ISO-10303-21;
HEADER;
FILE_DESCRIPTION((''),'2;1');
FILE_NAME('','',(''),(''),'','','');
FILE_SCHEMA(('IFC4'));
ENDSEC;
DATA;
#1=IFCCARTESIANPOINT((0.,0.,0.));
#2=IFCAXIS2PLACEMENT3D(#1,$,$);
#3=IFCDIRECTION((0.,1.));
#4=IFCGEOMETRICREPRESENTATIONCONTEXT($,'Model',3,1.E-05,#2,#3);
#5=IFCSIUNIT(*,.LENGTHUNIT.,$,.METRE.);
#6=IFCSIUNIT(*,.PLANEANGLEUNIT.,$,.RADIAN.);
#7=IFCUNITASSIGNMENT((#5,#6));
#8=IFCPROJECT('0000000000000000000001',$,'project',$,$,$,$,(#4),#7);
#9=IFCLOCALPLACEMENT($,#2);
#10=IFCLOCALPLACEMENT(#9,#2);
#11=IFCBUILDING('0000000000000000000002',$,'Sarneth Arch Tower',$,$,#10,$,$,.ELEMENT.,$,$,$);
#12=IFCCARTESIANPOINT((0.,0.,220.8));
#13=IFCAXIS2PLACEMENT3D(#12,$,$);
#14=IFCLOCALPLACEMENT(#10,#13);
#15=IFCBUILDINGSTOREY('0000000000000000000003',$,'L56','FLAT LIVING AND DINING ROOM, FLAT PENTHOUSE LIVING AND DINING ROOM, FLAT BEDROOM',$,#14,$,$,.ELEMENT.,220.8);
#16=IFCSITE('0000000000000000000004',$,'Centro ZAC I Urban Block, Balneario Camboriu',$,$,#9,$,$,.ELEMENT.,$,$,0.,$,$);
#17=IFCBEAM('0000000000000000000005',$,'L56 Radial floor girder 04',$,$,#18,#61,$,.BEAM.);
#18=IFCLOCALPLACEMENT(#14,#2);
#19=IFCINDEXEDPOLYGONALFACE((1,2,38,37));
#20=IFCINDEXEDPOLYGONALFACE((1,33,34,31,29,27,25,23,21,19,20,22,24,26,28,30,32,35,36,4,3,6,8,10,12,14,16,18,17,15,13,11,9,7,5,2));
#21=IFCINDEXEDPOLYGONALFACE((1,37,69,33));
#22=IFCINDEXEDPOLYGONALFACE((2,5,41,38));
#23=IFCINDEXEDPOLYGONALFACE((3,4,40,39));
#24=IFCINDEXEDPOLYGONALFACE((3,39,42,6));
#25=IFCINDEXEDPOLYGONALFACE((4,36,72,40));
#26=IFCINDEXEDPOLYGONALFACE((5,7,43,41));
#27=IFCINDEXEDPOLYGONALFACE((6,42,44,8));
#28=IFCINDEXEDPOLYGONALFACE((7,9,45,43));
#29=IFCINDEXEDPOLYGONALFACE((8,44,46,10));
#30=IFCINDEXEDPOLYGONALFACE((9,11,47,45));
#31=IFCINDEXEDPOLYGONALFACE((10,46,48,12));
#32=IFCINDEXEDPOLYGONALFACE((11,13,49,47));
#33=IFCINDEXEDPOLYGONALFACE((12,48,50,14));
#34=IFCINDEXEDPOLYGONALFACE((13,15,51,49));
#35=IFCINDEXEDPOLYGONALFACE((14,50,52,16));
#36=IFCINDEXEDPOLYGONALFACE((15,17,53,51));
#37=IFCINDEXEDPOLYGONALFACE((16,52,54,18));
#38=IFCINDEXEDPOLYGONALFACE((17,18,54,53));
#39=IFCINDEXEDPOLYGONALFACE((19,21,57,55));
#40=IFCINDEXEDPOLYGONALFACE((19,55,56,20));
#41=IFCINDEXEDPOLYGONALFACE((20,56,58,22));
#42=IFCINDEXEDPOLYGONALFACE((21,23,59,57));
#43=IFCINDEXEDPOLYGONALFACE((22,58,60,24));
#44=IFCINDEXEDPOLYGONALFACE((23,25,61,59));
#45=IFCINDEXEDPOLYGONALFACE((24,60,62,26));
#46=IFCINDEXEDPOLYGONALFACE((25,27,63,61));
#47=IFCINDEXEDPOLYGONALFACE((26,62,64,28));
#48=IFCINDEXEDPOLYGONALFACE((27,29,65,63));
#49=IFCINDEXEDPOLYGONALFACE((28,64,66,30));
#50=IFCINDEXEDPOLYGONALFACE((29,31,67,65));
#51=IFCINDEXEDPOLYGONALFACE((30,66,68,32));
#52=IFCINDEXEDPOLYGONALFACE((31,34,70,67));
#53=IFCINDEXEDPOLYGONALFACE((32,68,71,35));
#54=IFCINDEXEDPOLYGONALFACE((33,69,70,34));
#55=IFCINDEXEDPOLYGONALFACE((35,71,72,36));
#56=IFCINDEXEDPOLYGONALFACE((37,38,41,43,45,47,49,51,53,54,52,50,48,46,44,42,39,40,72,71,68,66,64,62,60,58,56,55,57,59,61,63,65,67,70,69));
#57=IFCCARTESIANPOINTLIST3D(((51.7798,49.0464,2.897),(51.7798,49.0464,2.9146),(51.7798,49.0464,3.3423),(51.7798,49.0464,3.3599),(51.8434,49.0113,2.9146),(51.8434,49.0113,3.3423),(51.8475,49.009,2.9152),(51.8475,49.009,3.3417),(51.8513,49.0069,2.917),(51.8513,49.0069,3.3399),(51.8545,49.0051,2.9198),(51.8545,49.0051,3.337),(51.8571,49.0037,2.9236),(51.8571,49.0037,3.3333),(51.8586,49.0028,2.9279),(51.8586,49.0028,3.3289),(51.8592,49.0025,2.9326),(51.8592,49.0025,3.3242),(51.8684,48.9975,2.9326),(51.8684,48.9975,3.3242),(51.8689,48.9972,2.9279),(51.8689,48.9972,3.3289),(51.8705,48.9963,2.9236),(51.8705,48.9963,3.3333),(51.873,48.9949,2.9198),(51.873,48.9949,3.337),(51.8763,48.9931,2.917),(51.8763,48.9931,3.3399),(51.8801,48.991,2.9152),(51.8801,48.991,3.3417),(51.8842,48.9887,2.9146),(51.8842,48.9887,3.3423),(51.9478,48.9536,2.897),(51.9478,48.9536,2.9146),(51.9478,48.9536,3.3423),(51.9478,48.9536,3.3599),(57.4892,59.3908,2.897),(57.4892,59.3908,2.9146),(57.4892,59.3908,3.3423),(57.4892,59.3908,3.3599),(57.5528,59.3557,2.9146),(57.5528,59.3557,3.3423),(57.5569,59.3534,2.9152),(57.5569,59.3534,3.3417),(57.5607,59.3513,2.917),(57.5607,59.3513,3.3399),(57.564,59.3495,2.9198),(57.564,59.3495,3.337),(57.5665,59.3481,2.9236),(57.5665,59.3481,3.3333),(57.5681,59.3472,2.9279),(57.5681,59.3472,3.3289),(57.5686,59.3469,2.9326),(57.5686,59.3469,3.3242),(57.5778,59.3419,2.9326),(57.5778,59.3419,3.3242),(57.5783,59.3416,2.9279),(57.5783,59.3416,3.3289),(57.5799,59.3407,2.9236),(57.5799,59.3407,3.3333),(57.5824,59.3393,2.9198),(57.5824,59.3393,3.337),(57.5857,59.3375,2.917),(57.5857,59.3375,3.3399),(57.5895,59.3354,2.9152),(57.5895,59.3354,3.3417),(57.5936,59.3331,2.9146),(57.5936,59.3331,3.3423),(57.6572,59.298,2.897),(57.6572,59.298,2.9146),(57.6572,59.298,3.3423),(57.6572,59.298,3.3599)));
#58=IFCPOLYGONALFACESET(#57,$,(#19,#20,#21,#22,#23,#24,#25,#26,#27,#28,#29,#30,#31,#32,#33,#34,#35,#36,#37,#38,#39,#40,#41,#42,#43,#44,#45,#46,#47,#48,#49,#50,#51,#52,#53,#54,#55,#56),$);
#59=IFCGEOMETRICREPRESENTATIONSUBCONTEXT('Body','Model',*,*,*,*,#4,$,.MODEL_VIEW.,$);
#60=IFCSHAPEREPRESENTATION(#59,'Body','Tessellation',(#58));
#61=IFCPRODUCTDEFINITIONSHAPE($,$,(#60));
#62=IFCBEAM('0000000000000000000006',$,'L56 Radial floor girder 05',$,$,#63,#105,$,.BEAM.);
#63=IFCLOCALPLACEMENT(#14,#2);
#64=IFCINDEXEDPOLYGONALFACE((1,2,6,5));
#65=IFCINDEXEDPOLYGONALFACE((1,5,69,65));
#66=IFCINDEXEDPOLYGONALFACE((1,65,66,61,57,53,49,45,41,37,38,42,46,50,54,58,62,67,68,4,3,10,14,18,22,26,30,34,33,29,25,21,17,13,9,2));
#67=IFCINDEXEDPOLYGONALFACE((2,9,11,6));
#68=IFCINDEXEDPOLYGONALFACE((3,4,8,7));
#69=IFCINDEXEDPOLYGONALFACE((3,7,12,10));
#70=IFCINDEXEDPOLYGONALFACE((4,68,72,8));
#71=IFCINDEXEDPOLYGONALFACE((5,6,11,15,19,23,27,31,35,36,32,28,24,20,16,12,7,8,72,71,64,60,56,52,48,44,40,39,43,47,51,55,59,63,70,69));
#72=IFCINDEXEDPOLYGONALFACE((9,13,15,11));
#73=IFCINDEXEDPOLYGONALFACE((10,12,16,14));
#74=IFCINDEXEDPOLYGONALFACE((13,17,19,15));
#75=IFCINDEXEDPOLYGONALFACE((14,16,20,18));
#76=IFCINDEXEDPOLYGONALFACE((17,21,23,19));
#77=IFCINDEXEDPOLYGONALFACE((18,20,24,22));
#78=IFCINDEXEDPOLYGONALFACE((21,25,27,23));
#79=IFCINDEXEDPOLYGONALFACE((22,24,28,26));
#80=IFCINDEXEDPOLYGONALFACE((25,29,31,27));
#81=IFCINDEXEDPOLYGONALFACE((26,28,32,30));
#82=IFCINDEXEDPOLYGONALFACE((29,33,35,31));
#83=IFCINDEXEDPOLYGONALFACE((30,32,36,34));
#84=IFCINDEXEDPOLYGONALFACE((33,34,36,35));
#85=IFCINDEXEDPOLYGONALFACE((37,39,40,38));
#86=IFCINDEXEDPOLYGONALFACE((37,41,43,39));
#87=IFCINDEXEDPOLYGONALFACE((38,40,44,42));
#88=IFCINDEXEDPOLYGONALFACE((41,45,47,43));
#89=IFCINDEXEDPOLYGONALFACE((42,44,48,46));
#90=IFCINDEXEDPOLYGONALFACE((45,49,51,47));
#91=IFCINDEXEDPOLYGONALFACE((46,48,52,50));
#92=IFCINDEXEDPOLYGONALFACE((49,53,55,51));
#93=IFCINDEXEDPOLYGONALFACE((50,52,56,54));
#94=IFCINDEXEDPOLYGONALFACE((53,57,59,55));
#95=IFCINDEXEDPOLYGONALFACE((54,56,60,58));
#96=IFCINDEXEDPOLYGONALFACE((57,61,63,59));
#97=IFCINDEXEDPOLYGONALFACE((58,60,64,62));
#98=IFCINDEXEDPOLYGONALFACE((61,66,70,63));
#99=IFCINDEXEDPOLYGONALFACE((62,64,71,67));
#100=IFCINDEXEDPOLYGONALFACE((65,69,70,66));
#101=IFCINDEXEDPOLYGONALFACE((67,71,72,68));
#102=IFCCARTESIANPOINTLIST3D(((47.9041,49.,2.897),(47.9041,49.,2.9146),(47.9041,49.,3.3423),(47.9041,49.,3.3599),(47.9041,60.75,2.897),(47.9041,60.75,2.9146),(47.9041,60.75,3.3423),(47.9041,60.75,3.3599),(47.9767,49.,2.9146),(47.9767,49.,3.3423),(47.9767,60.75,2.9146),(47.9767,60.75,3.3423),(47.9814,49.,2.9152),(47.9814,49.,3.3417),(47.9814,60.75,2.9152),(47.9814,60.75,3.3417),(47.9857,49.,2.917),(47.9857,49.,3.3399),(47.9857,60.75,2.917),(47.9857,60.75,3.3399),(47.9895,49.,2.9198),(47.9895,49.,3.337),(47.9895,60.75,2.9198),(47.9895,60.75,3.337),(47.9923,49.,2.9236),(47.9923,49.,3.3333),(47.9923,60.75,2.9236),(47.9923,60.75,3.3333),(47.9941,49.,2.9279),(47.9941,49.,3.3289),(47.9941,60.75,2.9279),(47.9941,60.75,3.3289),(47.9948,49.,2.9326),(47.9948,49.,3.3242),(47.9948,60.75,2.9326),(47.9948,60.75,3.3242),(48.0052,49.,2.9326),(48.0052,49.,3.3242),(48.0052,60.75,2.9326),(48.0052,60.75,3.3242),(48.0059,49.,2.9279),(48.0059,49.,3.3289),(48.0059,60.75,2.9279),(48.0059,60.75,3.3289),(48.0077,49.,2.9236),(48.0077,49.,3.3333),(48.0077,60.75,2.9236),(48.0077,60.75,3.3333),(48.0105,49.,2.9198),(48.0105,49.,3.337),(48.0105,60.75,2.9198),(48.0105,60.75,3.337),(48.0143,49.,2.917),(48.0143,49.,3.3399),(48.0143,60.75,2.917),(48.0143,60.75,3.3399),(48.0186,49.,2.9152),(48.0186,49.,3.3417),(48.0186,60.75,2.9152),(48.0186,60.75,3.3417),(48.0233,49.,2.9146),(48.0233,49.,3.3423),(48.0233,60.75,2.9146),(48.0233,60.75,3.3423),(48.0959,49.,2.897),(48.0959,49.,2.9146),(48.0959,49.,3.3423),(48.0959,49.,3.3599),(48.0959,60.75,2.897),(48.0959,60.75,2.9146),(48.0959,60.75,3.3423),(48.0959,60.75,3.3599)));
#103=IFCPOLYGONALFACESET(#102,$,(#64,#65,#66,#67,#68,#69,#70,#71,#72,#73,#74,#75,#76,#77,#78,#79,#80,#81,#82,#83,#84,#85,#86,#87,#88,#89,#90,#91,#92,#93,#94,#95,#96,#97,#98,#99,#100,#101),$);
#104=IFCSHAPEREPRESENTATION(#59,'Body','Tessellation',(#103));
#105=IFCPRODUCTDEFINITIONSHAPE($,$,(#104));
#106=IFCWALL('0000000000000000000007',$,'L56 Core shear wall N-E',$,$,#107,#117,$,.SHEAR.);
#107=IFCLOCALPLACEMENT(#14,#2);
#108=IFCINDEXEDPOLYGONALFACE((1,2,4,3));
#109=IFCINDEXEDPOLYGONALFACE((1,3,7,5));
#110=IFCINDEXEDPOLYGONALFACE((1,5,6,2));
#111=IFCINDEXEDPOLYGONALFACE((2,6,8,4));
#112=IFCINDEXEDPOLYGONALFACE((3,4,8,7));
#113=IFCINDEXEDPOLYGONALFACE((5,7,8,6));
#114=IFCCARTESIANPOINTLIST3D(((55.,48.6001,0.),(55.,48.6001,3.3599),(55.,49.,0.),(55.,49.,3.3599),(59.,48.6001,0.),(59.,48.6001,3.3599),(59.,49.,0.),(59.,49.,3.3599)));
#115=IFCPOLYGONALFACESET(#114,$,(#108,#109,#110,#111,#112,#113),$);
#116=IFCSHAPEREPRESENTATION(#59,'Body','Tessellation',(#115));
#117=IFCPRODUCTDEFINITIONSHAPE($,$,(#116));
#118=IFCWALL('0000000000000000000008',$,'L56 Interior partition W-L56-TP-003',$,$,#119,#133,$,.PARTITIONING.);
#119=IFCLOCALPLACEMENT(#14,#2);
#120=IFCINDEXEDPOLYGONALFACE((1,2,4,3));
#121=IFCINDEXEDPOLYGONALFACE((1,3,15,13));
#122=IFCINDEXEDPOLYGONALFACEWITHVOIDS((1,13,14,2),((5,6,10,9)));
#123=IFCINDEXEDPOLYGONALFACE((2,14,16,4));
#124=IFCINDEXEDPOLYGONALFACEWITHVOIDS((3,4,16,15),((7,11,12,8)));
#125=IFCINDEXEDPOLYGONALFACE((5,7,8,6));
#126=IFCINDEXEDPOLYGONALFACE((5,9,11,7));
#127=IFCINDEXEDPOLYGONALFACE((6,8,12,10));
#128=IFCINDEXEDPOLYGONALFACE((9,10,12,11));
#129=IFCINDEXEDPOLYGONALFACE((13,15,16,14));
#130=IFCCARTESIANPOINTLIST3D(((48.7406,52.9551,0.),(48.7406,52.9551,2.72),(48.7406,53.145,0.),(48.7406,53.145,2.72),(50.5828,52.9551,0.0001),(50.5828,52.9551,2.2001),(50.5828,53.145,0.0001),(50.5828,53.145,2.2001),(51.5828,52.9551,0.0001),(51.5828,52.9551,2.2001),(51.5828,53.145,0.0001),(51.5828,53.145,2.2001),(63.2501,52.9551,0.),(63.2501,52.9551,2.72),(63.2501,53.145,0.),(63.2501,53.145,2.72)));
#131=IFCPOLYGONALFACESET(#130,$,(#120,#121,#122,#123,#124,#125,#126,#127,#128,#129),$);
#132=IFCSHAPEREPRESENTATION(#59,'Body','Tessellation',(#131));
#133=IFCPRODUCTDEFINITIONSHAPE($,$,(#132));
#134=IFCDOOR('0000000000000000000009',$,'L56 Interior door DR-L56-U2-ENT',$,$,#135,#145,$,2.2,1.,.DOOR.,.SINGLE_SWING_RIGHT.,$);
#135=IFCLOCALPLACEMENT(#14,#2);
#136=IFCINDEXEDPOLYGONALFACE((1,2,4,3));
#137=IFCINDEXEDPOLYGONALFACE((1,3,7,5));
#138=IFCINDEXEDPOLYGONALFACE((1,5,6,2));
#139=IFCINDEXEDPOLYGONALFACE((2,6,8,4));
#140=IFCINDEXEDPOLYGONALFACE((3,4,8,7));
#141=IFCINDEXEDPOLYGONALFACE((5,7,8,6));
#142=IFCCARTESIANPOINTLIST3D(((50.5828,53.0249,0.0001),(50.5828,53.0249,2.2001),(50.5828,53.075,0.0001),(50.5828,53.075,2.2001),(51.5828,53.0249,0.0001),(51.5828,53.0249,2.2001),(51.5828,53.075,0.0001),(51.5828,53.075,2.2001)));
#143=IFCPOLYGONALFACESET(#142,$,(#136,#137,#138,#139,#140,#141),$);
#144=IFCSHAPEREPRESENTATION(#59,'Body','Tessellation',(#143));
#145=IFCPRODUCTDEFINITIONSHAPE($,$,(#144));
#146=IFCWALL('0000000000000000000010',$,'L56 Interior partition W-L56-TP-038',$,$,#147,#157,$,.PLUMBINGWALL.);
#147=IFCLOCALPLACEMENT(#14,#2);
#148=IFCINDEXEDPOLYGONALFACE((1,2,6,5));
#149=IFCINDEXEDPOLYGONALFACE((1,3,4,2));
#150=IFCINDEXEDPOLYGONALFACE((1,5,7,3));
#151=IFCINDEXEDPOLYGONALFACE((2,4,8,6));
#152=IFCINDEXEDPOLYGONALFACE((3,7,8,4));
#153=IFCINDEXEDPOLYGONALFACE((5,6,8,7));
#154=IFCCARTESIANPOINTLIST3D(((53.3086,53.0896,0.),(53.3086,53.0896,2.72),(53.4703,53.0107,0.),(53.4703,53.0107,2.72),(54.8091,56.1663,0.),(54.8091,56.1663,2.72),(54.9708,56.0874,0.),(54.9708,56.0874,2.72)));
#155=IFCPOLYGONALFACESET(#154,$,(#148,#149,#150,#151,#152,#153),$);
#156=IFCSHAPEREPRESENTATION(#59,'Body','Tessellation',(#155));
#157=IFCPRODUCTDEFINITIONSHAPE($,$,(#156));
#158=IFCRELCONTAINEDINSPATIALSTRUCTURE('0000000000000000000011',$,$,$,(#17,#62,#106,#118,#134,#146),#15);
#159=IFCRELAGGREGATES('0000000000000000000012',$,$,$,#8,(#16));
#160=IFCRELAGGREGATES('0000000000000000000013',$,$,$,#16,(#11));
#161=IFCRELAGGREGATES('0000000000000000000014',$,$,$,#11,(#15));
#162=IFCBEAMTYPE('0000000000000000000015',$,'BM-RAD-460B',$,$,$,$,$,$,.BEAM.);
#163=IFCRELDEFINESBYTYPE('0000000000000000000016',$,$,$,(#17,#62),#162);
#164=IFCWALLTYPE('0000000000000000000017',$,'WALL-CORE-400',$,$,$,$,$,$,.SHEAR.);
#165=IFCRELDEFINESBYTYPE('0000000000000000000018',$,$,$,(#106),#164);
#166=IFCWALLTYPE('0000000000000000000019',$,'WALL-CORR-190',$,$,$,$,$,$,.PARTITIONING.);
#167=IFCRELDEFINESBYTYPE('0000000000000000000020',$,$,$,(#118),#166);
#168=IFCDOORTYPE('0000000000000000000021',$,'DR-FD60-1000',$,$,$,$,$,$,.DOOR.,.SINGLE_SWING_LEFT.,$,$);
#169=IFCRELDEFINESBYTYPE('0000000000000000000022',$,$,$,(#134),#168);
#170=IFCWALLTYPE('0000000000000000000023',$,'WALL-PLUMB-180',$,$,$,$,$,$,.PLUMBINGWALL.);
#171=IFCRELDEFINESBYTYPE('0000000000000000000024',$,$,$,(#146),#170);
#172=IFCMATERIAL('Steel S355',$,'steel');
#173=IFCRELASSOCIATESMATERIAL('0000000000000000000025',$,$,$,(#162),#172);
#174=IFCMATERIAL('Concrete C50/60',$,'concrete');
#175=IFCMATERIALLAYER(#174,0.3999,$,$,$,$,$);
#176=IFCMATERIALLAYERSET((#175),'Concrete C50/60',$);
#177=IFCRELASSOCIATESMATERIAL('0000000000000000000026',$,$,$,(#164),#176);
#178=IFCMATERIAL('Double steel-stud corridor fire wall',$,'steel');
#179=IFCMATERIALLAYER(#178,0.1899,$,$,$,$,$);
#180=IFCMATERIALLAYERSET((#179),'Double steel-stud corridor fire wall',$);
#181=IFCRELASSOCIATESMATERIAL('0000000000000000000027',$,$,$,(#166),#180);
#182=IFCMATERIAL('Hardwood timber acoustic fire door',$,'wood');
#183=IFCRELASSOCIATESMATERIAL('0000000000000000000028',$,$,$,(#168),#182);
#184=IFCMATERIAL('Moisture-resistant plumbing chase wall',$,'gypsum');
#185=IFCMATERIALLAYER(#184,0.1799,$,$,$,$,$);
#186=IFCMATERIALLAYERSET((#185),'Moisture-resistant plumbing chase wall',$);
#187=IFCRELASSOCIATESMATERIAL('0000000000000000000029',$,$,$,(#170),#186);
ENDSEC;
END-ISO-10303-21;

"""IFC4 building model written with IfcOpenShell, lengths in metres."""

from ifc_helpers import new_model, si_unit, direction, frame, frame_2d, origin, origin_2d, place, context, subcontext, project, spatial, rectangle, i_section, extrude, material, layer, layer_set, material_profile, profile_set, type_object, element, fill, save


model = new_model("IFC4")

# Units and contexts
model_context = context("Model", 3, precision=1e-05, world=origin(), true_north=direction((0.0, 1.0)))
body_context = subcontext(model_context, "Body", "Model", "MODEL_VIEW")
ifc_project = project(units=[si_unit("LENGTHUNIT", "METRE"), si_unit("PLANEANGLEUNIT", "RADIAN")], contexts=[model_context])

# Site, building, storey
site_placement = place(None, origin())
site = spatial("IfcSite", under=ifc_project, at=site_placement, Name="Centro ZAC I Urban Block, Balneario Camboriu", CompositionType="ELEMENT", RefElevation=0.0)
building_placement = place(site_placement, origin())
building = spatial("IfcBuilding", under=site, at=building_placement, Name="Sarneth Arch Tower", CompositionType="ELEMENT")
storey_placement = place(building_placement, frame((0.0, 0.0, 220.8)))
storey = spatial("IfcBuildingStorey", under=building, at=storey_placement, Name="L56", Description="FLAT LIVING AND DINING ROOM, FLAT PENTHOUSE LIVING AND DINING ROOM, FLAT BEDROOM", CompositionType="ELEMENT", Elevation=220.8)

# Beams
ifc_material_1 = material(Name="Steel S355", Category="steel")
ifc_material_profile_1 = material_profile(ifc_material_1, i_section(OverallWidth=0.1919, OverallDepth=0.4629, WebThickness=0.0105, FlangeThickness=0.0176, FilletRadius=0.0181, at=origin_2d()), Name="W460x89")
ifc_profile_set_1 = profile_set([ifc_material_profile_1], Name="Steel S355")
beam_type_1 = type_object("IfcBeamType", Name="BM-RAD-460B", PredefinedType="BEAM", material=ifc_profile_set_1)
beam_1_placement = place(storey_placement, frame((51.8638, 49.0, 3.1284), z_axis=(0.483218, 0.8755, 0.0), x_axis=(-0.8755, 0.483218, 0.0)))
element("IfcBeam", 1, at=beam_1_placement, inside=storey, type_object=beam_type_1, Name="L56 Radial floor girder 04", PredefinedType="BEAM", context=body_context, shape_type="SweptSolid", body=[
    extrude(i_section(OverallWidth=0.1919, OverallDepth=0.4629, WebThickness=0.0105, FlangeThickness=0.0176, FilletRadius=0.0181, at=origin_2d()), origin(), (0.0, 0.0, 1.0), 11.8154),
])
beam_2_placement = place(storey_placement, frame((48.0, 49.0, 3.1284), z_axis=(0.0, 1.0, 0.0), x_axis=(-1.0, 0.0, 0.0)))
element("IfcBeam", 2, at=beam_2_placement, inside=storey, type_object=beam_type_1, Name="L56 Radial floor girder 05", PredefinedType="BEAM", context=body_context, shape_type="SweptSolid", body=[
    extrude(i_section(OverallWidth=0.1919, OverallDepth=0.4629, WebThickness=0.0105, FlangeThickness=0.0176, FilletRadius=0.0181, at=origin_2d()), origin(), (0.0, 0.0, 1.0), 11.75),
])

# Wall
ifc_material_2 = material(Name="Concrete C50/60", Category="concrete")
ifc_layer_1 = layer(ifc_material_2, 0.3999)
ifc_layer_set_1 = layer_set([ifc_layer_1], Name="Concrete C50/60")
wall_type_1 = type_object("IfcWallType", Name="WALL-CORE-400", PredefinedType="SHEAR", material=ifc_layer_set_1)
wall_1_placement = place(storey_placement, frame((55.0, 48.8, 0.0), z_axis=(0.0, 0.0, 1.0), x_axis=(1.0, 0.0, 0.0)))
element("IfcWall", 3, at=wall_1_placement, inside=storey, type_object=wall_type_1, Name="L56 Core shear wall N-E", PredefinedType="SHEAR", context=body_context, shape_type="SweptSolid", body=[
    extrude(rectangle(XDim=4.0, YDim=0.3999, at=frame_2d((2.0, 0.0))), origin(), (0.0, 0.0, 1.0), 3.3599),
])

# Wall, opening, door
ifc_material_3 = material(Name="Double steel-stud corridor fire wall", Category="steel")
ifc_layer_2 = layer(ifc_material_3, 0.1899)
ifc_layer_set_2 = layer_set([ifc_layer_2], Name="Double steel-stud corridor fire wall")
wall_type_2 = type_object("IfcWallType", Name="WALL-CORR-190", PredefinedType="PARTITIONING", material=ifc_layer_set_2)
wall_2_placement = place(storey_placement, frame((48.7405, 53.05, 0.0), z_axis=(0.0, 0.0, 1.0), x_axis=(1.0, 0.0, 0.0)))
wall_2 = element("IfcWall", 4, at=wall_2_placement, inside=storey, type_object=wall_type_2, Name="L56 Interior partition W-L56-TP-003", PredefinedType="PARTITIONING", context=body_context, shape_type="SweptSolid", body=[
    extrude(rectangle(XDim=14.5095, YDim=0.1899, at=frame_2d((7.2549, 0.0))), origin(), (0.0, 0.0, 1.0), 2.72),
])
opening_1_placement = place(wall_2_placement, frame((1.8423, 0.0, 0.0)))
opening_1 = element("IfcOpeningElement", 5, at=opening_1_placement, cuts=wall_2, PredefinedType="OPENING", context=body_context, shape_type="SweptSolid", body=[
    extrude(rectangle(XDim=1.0, YDim=2.2, at=frame_2d((0.5, 1.1001))), frame((0.0, 0.105, 0.0), z_axis=(0.0, -1.0, 0.0), x_axis=(1.0, 0.0, 0.0)), (0.0, 0.0, 1.0), 0.21),
])
ifc_material_4 = material(Name="Hardwood timber acoustic fire door", Category="wood")
door_type_1 = type_object("IfcDoorType", Name="DR-FD60-1000", OperationType="SINGLE_SWING_LEFT", PredefinedType="DOOR", material=ifc_material_4)
door_1_placement = place(opening_1_placement, origin())
door_1 = element("IfcDoor", 6, at=door_1_placement, inside=storey, type_object=door_type_1, Name="L56 Interior door DR-L56-U2-ENT", OperationType="SINGLE_SWING_RIGHT", OverallHeight=2.2, OverallWidth=1.0, PredefinedType="DOOR", context=body_context, shape_type="SweptSolid", body=[
    extrude(rectangle(XDim=1.0, YDim=2.2, at=frame_2d((0.5, 1.1001))), frame((0.0, 0.0249, 0.0), z_axis=(0.0, -1.0, 0.0), x_axis=(1.0, 0.0, 0.0)), (0.0, 0.0, 1.0), 0.05),
])
fill(opening_1, door_1)

# Wall
ifc_material_5 = material(Name="Moisture-resistant plumbing chase wall", Category="gypsum")
ifc_layer_3 = layer(ifc_material_5, 0.1799)
ifc_layer_set_3 = layer_set([ifc_layer_3], Name="Moisture-resistant plumbing chase wall")
wall_type_3 = type_object("IfcWallType", Name="WALL-PLUMB-180", PredefinedType="PLUMBINGWALL", material=ifc_layer_set_3)
wall_3_placement = place(storey_placement, frame((54.8899, 56.1267, 0.0), z_axis=(0.0, 0.0, 1.0), x_axis=(-0.438348, -0.898805, 0.0)))
element("IfcWall", 7, at=wall_3_placement, inside=storey, type_object=wall_type_3, Name="L56 Interior partition W-L56-TP-038", PredefinedType="PLUMBINGWALL", context=body_context, shape_type="SweptSolid", body=[
    extrude(rectangle(XDim=3.4231, YDim=0.1799, at=frame_2d((1.7114, 0.0))), origin(), (0.0, 0.0, 1.0), 2.72),
])

save(model, "model.ifc")
